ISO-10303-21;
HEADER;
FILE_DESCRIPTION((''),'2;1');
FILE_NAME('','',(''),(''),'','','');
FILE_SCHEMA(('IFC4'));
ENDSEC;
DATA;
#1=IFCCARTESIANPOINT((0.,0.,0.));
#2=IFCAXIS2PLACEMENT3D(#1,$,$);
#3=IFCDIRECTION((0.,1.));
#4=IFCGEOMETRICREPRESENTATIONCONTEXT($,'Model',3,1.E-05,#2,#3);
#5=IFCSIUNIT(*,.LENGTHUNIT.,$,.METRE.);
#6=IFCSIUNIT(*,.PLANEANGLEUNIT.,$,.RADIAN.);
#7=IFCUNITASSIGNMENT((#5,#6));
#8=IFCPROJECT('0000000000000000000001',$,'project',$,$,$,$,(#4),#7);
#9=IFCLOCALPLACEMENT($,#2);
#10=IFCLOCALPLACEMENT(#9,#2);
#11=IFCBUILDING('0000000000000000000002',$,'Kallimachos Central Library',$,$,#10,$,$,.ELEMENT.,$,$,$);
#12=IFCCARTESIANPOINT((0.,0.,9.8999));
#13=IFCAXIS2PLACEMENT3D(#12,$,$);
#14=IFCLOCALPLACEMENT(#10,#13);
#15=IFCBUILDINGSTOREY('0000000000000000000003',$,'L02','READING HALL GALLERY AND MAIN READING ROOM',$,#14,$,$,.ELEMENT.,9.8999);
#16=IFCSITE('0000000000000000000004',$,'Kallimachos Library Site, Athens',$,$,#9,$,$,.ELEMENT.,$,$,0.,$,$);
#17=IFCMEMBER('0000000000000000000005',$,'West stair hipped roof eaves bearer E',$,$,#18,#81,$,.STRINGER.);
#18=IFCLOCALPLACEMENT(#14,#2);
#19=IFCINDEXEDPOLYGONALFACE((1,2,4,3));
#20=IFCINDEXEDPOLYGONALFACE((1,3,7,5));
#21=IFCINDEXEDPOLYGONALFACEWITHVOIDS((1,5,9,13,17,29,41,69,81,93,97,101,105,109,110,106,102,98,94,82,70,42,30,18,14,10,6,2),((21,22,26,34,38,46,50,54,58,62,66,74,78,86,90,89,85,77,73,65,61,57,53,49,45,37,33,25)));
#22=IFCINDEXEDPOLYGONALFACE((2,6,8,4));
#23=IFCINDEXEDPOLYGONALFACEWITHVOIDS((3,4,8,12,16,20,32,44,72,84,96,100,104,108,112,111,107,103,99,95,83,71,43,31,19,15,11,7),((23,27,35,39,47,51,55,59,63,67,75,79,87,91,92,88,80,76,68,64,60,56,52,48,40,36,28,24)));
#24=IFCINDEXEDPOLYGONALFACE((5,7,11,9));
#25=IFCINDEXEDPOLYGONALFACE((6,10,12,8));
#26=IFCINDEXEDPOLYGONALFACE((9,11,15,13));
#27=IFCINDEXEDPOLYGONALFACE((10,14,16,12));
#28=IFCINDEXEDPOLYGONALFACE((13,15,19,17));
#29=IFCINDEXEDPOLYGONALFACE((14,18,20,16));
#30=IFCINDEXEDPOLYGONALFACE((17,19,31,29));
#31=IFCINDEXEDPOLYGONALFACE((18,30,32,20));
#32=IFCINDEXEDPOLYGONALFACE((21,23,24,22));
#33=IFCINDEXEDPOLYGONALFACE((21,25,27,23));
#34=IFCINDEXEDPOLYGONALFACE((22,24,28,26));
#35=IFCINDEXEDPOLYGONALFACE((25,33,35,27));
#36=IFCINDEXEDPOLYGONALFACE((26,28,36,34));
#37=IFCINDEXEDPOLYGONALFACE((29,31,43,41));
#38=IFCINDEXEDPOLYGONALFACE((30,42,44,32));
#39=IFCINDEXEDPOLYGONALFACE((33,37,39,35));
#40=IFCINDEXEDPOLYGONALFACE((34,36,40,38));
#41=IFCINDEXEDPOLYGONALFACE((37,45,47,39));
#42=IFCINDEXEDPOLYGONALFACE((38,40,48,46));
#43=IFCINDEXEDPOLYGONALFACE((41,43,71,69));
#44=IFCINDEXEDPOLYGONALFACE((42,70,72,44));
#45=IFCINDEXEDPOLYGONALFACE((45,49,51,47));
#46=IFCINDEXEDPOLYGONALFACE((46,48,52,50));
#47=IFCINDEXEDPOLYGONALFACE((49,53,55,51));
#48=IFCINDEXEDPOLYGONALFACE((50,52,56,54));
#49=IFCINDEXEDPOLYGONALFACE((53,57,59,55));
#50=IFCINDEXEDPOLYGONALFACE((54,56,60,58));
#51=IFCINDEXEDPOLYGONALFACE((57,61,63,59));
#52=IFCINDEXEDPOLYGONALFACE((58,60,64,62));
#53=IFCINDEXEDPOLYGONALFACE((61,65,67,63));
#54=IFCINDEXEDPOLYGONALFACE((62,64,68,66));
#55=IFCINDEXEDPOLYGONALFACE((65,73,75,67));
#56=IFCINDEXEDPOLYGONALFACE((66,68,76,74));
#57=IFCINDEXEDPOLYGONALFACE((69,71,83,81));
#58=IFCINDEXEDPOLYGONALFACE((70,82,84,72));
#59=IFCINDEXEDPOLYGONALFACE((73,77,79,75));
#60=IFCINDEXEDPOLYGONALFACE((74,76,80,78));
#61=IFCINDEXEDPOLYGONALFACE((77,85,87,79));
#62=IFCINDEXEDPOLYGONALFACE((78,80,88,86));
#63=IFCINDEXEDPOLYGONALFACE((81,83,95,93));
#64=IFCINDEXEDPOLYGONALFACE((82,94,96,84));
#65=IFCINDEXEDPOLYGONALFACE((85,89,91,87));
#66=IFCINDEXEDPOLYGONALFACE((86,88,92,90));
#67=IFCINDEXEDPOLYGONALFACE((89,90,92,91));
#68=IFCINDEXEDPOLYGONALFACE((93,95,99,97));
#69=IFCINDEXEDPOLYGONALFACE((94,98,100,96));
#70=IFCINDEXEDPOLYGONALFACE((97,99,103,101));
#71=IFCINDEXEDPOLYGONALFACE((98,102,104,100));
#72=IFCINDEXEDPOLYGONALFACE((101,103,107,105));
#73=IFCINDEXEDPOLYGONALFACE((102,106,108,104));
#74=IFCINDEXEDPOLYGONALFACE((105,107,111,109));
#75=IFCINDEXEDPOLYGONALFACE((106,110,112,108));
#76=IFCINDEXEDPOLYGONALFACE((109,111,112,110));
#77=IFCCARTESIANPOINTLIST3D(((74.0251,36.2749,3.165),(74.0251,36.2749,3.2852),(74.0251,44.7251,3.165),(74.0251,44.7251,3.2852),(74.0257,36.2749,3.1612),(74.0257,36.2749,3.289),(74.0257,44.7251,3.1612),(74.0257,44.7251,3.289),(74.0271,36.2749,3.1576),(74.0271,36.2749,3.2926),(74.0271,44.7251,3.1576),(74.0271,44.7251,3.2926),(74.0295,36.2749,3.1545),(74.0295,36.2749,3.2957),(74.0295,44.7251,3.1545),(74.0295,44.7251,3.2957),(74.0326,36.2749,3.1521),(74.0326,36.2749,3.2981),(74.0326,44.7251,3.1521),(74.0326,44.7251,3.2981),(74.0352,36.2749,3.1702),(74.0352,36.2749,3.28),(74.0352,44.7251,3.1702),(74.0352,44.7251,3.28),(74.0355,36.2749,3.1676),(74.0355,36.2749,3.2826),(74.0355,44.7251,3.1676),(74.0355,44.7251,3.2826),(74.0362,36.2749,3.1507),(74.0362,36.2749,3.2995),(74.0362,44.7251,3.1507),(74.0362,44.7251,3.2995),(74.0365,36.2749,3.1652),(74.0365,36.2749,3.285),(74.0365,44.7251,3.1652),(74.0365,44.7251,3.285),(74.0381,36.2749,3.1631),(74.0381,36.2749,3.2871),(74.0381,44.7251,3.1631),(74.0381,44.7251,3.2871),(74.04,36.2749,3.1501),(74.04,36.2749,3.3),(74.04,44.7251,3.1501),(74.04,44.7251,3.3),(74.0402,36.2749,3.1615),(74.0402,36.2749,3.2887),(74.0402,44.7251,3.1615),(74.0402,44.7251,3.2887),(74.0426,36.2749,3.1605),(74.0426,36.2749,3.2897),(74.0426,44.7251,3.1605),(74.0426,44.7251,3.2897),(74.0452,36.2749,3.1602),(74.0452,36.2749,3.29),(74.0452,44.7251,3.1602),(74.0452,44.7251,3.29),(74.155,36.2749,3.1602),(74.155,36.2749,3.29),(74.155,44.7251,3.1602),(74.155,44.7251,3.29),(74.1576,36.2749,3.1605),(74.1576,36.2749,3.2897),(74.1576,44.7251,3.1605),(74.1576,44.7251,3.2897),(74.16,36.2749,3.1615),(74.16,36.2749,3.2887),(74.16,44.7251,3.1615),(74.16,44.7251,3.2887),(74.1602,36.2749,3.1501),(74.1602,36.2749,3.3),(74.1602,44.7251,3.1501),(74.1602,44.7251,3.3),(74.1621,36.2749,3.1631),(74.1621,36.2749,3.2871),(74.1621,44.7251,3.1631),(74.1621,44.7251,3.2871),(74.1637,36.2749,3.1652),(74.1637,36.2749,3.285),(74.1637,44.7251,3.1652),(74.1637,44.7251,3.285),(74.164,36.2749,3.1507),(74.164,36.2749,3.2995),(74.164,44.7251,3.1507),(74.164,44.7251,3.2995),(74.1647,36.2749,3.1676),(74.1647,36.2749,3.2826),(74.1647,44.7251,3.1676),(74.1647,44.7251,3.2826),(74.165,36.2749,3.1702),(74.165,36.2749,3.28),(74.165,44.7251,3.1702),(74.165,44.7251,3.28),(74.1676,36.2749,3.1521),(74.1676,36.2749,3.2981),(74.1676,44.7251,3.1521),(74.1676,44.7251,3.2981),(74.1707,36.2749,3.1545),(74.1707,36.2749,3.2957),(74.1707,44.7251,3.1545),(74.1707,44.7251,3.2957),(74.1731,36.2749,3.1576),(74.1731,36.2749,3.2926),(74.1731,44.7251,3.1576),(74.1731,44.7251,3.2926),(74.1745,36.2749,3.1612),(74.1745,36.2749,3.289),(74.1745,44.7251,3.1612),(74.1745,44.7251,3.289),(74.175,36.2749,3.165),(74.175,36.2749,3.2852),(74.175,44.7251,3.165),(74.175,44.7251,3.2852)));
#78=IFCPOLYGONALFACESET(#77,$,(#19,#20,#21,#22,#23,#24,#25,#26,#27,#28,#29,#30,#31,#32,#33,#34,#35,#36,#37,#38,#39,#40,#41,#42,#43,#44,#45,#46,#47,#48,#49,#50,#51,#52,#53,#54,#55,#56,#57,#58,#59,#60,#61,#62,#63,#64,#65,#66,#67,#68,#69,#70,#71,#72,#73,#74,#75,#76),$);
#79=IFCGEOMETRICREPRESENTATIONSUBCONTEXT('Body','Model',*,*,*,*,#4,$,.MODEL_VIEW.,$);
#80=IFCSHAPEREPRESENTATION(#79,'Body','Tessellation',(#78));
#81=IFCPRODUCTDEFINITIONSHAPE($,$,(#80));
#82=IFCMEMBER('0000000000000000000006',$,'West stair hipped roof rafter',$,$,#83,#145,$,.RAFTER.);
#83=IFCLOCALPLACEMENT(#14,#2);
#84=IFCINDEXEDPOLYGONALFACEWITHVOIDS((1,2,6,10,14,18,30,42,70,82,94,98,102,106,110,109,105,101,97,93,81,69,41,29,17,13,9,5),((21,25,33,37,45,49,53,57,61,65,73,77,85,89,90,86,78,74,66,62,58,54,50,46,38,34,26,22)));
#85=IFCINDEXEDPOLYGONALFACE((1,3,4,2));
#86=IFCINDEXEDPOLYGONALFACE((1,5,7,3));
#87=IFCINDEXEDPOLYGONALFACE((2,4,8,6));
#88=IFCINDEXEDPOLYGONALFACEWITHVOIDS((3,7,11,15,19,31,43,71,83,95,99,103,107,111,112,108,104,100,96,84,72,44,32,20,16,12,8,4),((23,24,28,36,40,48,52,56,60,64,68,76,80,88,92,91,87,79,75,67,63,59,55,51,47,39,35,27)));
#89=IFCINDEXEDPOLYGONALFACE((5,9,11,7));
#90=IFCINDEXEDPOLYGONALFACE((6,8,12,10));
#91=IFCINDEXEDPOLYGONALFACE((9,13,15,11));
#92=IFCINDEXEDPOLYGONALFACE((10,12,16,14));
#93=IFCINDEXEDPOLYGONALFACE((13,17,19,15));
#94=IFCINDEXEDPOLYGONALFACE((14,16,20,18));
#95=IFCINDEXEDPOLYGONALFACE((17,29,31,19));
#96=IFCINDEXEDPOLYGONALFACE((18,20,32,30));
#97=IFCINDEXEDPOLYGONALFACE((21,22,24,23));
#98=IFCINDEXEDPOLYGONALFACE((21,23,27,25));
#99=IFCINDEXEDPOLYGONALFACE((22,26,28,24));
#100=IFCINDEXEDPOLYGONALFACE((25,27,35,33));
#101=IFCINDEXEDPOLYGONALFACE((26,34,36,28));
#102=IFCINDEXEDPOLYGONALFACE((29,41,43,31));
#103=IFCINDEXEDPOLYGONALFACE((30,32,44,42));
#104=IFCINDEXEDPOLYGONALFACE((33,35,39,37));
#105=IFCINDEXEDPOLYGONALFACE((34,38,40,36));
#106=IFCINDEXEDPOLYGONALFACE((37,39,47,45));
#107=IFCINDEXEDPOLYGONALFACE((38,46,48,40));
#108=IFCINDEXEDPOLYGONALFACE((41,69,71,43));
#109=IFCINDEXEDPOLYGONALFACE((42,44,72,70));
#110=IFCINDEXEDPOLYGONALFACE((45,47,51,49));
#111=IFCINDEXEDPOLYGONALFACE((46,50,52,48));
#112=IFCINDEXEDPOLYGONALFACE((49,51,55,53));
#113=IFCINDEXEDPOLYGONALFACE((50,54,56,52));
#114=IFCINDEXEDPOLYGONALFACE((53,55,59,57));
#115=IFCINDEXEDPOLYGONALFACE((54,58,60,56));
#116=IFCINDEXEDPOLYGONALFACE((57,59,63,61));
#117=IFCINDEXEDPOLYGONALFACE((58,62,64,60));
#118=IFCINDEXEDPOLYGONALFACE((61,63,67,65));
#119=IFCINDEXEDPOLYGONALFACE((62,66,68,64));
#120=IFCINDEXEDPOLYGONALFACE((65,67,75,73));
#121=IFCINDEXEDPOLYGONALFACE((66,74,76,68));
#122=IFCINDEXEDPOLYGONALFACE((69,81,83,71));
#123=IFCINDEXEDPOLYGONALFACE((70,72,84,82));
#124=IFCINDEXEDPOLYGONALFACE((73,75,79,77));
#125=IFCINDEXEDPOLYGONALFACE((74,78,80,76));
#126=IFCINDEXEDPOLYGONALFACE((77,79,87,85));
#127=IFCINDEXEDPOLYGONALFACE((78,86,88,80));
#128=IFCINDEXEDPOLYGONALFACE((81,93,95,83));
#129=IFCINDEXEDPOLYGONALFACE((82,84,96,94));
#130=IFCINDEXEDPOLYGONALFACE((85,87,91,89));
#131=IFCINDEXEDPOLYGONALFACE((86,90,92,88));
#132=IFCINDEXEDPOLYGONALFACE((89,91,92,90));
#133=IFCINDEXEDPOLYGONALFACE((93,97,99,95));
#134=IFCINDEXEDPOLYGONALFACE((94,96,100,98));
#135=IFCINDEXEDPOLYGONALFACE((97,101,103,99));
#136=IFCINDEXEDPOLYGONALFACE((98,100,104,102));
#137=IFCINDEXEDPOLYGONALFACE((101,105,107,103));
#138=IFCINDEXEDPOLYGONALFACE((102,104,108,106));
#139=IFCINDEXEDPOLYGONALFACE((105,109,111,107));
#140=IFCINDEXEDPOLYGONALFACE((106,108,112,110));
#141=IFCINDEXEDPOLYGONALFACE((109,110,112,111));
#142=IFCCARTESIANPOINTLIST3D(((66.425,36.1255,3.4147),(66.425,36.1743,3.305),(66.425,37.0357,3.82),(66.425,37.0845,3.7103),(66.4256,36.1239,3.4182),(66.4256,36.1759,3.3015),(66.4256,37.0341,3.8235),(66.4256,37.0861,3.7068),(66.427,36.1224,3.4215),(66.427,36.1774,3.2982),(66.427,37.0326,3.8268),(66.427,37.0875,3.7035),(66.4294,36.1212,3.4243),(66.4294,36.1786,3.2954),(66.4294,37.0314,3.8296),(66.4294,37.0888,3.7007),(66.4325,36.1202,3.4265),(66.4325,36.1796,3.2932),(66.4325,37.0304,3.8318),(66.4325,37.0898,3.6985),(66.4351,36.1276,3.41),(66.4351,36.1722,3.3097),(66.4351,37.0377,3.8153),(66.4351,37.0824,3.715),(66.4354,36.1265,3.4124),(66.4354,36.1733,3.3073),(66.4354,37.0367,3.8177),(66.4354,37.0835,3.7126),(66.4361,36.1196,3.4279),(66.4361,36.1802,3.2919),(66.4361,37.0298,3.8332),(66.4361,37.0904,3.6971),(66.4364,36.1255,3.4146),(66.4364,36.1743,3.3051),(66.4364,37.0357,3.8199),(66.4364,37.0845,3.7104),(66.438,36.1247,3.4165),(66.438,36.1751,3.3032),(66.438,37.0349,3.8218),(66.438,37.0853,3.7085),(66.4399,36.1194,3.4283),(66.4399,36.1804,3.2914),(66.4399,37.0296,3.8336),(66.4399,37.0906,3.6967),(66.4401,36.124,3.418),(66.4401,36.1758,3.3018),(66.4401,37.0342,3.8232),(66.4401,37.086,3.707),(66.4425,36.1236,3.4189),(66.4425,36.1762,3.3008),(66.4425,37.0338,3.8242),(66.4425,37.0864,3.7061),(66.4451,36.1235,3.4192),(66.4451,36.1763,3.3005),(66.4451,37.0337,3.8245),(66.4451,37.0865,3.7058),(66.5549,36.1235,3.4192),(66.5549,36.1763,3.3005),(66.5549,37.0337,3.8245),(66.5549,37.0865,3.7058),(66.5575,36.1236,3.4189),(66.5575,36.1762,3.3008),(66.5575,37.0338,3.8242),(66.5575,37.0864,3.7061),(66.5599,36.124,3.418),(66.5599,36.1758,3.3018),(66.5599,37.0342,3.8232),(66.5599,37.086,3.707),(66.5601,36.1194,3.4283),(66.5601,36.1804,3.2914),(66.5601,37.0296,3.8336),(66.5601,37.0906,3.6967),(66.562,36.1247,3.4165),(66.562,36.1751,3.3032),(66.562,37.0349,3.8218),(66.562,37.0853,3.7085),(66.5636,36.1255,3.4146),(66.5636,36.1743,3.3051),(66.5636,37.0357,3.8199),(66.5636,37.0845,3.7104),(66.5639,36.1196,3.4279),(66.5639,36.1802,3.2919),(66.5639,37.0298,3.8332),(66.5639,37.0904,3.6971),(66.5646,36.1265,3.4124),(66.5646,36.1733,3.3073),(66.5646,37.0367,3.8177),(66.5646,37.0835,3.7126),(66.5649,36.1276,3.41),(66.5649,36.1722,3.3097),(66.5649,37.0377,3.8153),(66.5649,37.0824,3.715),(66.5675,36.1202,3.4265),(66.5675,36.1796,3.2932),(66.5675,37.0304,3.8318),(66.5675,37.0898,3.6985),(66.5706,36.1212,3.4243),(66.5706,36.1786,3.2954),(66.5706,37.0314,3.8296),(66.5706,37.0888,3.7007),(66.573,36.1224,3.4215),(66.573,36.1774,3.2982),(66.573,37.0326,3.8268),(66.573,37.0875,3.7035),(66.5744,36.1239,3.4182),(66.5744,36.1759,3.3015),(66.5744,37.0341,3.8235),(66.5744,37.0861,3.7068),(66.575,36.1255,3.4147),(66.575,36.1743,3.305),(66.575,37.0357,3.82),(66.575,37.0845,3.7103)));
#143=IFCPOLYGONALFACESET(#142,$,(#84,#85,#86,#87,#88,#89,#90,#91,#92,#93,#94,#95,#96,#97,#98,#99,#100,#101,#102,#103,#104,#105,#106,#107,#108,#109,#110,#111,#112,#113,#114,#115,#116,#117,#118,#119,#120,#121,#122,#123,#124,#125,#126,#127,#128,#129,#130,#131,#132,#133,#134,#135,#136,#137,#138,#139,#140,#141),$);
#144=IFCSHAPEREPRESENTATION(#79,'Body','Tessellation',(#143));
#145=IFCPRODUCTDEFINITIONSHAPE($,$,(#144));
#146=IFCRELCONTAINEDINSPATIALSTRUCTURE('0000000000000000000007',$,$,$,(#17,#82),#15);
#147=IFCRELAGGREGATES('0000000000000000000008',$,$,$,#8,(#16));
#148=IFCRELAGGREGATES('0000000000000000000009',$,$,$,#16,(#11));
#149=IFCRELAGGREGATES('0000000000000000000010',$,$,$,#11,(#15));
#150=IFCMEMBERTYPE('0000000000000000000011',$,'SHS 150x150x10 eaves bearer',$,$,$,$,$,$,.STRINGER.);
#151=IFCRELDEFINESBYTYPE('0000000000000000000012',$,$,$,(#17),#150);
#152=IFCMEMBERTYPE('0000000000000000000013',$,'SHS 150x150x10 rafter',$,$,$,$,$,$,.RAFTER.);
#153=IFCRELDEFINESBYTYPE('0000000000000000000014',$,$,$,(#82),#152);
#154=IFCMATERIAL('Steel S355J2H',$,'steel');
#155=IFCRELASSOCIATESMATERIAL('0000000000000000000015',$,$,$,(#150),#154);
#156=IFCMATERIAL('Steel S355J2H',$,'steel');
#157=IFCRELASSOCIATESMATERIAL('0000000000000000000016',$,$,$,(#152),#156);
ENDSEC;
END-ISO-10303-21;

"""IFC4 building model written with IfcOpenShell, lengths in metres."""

from ifc_helpers import new_model, si_unit, direction, frame, origin, origin_2d, place, context, subcontext, project, spatial, hollow_rectangle, extrude, material, material_profile, profile_set, type_object, element, save


model = new_model("IFC4")

# Units and contexts
model_context = context("Model", 3, precision=1e-05, world=origin(), true_north=direction((0.0, 1.0)))
body_context = subcontext(model_context, "Body", "Model", "MODEL_VIEW")
ifc_project = project(units=[si_unit("LENGTHUNIT", "METRE"), si_unit("PLANEANGLEUNIT", "RADIAN")], contexts=[model_context])

# Site, building, storey
site_placement = place(None, origin())
site = spatial("IfcSite", under=ifc_project, at=site_placement, Name="Kallimachos Library Site, Athens", CompositionType="ELEMENT", RefElevation=0.0)
building_placement = place(site_placement, origin())
building = spatial("IfcBuilding", under=site, at=building_placement, Name="Kallimachos Central Library", CompositionType="ELEMENT")
storey_placement = place(building_placement, frame((0.0, 0.0, 9.8999)))
storey = spatial("IfcBuildingStorey", under=building, at=storey_placement, Name="L02", Description="READING HALL GALLERY AND MAIN READING ROOM", CompositionType="ELEMENT", Elevation=9.8999)

# Members
ifc_material_1 = material(Name="Steel S355J2H", Category="steel")
ifc_material_profile_1 = material_profile(ifc_material_1, hollow_rectangle(XDim=0.1499, YDim=0.1499, WallThickness=0.01, InnerFilletRadius=0.01, OuterFilletRadius=0.0149, at=origin_2d()), Name="SHS 150x150x10")
ifc_profile_set_1 = profile_set([ifc_material_profile_1], Name="Steel S355J2H")
member_type_1 = type_object("IfcMemberType", Name="SHS 150x150x10 eaves bearer", PredefinedType="STRINGER", material=ifc_profile_set_1)
member_1_placement = place(storey_placement, frame((74.1001, 36.2749, 3.2251), z_axis=(0.0, 1.0, 0.0), x_axis=(-1.0, 0.0, 0.0)))
element("IfcMember", 1, at=member_1_placement, inside=storey, type_object=member_type_1, Name="West stair hipped roof eaves bearer E", PredefinedType="STRINGER", context=body_context, shape_type="SweptSolid", body=[
    extrude(hollow_rectangle(XDim=0.1499, YDim=0.1499, WallThickness=0.01, InnerFilletRadius=0.01, OuterFilletRadius=0.0149, at=origin_2d()), origin(), (0.0, 0.0, 1.0), 8.4502),
])
ifc_material_2 = material(Name="Steel S355J2H", Category="steel")
ifc_material_profile_2 = material_profile(ifc_material_2, hollow_rectangle(XDim=0.1499, YDim=0.1499, WallThickness=0.01, InnerFilletRadius=0.01, OuterFilletRadius=0.0149, at=origin_2d()), Name="SHS 150x150x10")
ifc_profile_set_2 = profile_set([ifc_material_profile_2], Name="Steel S355J2H")
member_type_2 = type_object("IfcMemberType", Name="SHS 150x150x10 rafter", PredefinedType="RAFTER", material=ifc_profile_set_2)
member_2_placement = place(storey_placement, frame((66.5, 36.1499, 3.3599), z_axis=(0.0, 0.913528, 0.406775), x_axis=(-1.0, 0.0, 0.0)))
element("IfcMember", 2, at=member_2_placement, inside=storey, type_object=member_type_2, Name="West stair hipped roof rafter", PredefinedType="RAFTER", context=body_context, shape_type="SweptSolid", body=[
    extrude(hollow_rectangle(XDim=0.1499, YDim=0.1499, WallThickness=0.01, InnerFilletRadius=0.01, OuterFilletRadius=0.0149, at=origin_2d()), origin(), (0.0, 0.0, 1.0), 0.9963),
])

save(model, "model.ifc")
